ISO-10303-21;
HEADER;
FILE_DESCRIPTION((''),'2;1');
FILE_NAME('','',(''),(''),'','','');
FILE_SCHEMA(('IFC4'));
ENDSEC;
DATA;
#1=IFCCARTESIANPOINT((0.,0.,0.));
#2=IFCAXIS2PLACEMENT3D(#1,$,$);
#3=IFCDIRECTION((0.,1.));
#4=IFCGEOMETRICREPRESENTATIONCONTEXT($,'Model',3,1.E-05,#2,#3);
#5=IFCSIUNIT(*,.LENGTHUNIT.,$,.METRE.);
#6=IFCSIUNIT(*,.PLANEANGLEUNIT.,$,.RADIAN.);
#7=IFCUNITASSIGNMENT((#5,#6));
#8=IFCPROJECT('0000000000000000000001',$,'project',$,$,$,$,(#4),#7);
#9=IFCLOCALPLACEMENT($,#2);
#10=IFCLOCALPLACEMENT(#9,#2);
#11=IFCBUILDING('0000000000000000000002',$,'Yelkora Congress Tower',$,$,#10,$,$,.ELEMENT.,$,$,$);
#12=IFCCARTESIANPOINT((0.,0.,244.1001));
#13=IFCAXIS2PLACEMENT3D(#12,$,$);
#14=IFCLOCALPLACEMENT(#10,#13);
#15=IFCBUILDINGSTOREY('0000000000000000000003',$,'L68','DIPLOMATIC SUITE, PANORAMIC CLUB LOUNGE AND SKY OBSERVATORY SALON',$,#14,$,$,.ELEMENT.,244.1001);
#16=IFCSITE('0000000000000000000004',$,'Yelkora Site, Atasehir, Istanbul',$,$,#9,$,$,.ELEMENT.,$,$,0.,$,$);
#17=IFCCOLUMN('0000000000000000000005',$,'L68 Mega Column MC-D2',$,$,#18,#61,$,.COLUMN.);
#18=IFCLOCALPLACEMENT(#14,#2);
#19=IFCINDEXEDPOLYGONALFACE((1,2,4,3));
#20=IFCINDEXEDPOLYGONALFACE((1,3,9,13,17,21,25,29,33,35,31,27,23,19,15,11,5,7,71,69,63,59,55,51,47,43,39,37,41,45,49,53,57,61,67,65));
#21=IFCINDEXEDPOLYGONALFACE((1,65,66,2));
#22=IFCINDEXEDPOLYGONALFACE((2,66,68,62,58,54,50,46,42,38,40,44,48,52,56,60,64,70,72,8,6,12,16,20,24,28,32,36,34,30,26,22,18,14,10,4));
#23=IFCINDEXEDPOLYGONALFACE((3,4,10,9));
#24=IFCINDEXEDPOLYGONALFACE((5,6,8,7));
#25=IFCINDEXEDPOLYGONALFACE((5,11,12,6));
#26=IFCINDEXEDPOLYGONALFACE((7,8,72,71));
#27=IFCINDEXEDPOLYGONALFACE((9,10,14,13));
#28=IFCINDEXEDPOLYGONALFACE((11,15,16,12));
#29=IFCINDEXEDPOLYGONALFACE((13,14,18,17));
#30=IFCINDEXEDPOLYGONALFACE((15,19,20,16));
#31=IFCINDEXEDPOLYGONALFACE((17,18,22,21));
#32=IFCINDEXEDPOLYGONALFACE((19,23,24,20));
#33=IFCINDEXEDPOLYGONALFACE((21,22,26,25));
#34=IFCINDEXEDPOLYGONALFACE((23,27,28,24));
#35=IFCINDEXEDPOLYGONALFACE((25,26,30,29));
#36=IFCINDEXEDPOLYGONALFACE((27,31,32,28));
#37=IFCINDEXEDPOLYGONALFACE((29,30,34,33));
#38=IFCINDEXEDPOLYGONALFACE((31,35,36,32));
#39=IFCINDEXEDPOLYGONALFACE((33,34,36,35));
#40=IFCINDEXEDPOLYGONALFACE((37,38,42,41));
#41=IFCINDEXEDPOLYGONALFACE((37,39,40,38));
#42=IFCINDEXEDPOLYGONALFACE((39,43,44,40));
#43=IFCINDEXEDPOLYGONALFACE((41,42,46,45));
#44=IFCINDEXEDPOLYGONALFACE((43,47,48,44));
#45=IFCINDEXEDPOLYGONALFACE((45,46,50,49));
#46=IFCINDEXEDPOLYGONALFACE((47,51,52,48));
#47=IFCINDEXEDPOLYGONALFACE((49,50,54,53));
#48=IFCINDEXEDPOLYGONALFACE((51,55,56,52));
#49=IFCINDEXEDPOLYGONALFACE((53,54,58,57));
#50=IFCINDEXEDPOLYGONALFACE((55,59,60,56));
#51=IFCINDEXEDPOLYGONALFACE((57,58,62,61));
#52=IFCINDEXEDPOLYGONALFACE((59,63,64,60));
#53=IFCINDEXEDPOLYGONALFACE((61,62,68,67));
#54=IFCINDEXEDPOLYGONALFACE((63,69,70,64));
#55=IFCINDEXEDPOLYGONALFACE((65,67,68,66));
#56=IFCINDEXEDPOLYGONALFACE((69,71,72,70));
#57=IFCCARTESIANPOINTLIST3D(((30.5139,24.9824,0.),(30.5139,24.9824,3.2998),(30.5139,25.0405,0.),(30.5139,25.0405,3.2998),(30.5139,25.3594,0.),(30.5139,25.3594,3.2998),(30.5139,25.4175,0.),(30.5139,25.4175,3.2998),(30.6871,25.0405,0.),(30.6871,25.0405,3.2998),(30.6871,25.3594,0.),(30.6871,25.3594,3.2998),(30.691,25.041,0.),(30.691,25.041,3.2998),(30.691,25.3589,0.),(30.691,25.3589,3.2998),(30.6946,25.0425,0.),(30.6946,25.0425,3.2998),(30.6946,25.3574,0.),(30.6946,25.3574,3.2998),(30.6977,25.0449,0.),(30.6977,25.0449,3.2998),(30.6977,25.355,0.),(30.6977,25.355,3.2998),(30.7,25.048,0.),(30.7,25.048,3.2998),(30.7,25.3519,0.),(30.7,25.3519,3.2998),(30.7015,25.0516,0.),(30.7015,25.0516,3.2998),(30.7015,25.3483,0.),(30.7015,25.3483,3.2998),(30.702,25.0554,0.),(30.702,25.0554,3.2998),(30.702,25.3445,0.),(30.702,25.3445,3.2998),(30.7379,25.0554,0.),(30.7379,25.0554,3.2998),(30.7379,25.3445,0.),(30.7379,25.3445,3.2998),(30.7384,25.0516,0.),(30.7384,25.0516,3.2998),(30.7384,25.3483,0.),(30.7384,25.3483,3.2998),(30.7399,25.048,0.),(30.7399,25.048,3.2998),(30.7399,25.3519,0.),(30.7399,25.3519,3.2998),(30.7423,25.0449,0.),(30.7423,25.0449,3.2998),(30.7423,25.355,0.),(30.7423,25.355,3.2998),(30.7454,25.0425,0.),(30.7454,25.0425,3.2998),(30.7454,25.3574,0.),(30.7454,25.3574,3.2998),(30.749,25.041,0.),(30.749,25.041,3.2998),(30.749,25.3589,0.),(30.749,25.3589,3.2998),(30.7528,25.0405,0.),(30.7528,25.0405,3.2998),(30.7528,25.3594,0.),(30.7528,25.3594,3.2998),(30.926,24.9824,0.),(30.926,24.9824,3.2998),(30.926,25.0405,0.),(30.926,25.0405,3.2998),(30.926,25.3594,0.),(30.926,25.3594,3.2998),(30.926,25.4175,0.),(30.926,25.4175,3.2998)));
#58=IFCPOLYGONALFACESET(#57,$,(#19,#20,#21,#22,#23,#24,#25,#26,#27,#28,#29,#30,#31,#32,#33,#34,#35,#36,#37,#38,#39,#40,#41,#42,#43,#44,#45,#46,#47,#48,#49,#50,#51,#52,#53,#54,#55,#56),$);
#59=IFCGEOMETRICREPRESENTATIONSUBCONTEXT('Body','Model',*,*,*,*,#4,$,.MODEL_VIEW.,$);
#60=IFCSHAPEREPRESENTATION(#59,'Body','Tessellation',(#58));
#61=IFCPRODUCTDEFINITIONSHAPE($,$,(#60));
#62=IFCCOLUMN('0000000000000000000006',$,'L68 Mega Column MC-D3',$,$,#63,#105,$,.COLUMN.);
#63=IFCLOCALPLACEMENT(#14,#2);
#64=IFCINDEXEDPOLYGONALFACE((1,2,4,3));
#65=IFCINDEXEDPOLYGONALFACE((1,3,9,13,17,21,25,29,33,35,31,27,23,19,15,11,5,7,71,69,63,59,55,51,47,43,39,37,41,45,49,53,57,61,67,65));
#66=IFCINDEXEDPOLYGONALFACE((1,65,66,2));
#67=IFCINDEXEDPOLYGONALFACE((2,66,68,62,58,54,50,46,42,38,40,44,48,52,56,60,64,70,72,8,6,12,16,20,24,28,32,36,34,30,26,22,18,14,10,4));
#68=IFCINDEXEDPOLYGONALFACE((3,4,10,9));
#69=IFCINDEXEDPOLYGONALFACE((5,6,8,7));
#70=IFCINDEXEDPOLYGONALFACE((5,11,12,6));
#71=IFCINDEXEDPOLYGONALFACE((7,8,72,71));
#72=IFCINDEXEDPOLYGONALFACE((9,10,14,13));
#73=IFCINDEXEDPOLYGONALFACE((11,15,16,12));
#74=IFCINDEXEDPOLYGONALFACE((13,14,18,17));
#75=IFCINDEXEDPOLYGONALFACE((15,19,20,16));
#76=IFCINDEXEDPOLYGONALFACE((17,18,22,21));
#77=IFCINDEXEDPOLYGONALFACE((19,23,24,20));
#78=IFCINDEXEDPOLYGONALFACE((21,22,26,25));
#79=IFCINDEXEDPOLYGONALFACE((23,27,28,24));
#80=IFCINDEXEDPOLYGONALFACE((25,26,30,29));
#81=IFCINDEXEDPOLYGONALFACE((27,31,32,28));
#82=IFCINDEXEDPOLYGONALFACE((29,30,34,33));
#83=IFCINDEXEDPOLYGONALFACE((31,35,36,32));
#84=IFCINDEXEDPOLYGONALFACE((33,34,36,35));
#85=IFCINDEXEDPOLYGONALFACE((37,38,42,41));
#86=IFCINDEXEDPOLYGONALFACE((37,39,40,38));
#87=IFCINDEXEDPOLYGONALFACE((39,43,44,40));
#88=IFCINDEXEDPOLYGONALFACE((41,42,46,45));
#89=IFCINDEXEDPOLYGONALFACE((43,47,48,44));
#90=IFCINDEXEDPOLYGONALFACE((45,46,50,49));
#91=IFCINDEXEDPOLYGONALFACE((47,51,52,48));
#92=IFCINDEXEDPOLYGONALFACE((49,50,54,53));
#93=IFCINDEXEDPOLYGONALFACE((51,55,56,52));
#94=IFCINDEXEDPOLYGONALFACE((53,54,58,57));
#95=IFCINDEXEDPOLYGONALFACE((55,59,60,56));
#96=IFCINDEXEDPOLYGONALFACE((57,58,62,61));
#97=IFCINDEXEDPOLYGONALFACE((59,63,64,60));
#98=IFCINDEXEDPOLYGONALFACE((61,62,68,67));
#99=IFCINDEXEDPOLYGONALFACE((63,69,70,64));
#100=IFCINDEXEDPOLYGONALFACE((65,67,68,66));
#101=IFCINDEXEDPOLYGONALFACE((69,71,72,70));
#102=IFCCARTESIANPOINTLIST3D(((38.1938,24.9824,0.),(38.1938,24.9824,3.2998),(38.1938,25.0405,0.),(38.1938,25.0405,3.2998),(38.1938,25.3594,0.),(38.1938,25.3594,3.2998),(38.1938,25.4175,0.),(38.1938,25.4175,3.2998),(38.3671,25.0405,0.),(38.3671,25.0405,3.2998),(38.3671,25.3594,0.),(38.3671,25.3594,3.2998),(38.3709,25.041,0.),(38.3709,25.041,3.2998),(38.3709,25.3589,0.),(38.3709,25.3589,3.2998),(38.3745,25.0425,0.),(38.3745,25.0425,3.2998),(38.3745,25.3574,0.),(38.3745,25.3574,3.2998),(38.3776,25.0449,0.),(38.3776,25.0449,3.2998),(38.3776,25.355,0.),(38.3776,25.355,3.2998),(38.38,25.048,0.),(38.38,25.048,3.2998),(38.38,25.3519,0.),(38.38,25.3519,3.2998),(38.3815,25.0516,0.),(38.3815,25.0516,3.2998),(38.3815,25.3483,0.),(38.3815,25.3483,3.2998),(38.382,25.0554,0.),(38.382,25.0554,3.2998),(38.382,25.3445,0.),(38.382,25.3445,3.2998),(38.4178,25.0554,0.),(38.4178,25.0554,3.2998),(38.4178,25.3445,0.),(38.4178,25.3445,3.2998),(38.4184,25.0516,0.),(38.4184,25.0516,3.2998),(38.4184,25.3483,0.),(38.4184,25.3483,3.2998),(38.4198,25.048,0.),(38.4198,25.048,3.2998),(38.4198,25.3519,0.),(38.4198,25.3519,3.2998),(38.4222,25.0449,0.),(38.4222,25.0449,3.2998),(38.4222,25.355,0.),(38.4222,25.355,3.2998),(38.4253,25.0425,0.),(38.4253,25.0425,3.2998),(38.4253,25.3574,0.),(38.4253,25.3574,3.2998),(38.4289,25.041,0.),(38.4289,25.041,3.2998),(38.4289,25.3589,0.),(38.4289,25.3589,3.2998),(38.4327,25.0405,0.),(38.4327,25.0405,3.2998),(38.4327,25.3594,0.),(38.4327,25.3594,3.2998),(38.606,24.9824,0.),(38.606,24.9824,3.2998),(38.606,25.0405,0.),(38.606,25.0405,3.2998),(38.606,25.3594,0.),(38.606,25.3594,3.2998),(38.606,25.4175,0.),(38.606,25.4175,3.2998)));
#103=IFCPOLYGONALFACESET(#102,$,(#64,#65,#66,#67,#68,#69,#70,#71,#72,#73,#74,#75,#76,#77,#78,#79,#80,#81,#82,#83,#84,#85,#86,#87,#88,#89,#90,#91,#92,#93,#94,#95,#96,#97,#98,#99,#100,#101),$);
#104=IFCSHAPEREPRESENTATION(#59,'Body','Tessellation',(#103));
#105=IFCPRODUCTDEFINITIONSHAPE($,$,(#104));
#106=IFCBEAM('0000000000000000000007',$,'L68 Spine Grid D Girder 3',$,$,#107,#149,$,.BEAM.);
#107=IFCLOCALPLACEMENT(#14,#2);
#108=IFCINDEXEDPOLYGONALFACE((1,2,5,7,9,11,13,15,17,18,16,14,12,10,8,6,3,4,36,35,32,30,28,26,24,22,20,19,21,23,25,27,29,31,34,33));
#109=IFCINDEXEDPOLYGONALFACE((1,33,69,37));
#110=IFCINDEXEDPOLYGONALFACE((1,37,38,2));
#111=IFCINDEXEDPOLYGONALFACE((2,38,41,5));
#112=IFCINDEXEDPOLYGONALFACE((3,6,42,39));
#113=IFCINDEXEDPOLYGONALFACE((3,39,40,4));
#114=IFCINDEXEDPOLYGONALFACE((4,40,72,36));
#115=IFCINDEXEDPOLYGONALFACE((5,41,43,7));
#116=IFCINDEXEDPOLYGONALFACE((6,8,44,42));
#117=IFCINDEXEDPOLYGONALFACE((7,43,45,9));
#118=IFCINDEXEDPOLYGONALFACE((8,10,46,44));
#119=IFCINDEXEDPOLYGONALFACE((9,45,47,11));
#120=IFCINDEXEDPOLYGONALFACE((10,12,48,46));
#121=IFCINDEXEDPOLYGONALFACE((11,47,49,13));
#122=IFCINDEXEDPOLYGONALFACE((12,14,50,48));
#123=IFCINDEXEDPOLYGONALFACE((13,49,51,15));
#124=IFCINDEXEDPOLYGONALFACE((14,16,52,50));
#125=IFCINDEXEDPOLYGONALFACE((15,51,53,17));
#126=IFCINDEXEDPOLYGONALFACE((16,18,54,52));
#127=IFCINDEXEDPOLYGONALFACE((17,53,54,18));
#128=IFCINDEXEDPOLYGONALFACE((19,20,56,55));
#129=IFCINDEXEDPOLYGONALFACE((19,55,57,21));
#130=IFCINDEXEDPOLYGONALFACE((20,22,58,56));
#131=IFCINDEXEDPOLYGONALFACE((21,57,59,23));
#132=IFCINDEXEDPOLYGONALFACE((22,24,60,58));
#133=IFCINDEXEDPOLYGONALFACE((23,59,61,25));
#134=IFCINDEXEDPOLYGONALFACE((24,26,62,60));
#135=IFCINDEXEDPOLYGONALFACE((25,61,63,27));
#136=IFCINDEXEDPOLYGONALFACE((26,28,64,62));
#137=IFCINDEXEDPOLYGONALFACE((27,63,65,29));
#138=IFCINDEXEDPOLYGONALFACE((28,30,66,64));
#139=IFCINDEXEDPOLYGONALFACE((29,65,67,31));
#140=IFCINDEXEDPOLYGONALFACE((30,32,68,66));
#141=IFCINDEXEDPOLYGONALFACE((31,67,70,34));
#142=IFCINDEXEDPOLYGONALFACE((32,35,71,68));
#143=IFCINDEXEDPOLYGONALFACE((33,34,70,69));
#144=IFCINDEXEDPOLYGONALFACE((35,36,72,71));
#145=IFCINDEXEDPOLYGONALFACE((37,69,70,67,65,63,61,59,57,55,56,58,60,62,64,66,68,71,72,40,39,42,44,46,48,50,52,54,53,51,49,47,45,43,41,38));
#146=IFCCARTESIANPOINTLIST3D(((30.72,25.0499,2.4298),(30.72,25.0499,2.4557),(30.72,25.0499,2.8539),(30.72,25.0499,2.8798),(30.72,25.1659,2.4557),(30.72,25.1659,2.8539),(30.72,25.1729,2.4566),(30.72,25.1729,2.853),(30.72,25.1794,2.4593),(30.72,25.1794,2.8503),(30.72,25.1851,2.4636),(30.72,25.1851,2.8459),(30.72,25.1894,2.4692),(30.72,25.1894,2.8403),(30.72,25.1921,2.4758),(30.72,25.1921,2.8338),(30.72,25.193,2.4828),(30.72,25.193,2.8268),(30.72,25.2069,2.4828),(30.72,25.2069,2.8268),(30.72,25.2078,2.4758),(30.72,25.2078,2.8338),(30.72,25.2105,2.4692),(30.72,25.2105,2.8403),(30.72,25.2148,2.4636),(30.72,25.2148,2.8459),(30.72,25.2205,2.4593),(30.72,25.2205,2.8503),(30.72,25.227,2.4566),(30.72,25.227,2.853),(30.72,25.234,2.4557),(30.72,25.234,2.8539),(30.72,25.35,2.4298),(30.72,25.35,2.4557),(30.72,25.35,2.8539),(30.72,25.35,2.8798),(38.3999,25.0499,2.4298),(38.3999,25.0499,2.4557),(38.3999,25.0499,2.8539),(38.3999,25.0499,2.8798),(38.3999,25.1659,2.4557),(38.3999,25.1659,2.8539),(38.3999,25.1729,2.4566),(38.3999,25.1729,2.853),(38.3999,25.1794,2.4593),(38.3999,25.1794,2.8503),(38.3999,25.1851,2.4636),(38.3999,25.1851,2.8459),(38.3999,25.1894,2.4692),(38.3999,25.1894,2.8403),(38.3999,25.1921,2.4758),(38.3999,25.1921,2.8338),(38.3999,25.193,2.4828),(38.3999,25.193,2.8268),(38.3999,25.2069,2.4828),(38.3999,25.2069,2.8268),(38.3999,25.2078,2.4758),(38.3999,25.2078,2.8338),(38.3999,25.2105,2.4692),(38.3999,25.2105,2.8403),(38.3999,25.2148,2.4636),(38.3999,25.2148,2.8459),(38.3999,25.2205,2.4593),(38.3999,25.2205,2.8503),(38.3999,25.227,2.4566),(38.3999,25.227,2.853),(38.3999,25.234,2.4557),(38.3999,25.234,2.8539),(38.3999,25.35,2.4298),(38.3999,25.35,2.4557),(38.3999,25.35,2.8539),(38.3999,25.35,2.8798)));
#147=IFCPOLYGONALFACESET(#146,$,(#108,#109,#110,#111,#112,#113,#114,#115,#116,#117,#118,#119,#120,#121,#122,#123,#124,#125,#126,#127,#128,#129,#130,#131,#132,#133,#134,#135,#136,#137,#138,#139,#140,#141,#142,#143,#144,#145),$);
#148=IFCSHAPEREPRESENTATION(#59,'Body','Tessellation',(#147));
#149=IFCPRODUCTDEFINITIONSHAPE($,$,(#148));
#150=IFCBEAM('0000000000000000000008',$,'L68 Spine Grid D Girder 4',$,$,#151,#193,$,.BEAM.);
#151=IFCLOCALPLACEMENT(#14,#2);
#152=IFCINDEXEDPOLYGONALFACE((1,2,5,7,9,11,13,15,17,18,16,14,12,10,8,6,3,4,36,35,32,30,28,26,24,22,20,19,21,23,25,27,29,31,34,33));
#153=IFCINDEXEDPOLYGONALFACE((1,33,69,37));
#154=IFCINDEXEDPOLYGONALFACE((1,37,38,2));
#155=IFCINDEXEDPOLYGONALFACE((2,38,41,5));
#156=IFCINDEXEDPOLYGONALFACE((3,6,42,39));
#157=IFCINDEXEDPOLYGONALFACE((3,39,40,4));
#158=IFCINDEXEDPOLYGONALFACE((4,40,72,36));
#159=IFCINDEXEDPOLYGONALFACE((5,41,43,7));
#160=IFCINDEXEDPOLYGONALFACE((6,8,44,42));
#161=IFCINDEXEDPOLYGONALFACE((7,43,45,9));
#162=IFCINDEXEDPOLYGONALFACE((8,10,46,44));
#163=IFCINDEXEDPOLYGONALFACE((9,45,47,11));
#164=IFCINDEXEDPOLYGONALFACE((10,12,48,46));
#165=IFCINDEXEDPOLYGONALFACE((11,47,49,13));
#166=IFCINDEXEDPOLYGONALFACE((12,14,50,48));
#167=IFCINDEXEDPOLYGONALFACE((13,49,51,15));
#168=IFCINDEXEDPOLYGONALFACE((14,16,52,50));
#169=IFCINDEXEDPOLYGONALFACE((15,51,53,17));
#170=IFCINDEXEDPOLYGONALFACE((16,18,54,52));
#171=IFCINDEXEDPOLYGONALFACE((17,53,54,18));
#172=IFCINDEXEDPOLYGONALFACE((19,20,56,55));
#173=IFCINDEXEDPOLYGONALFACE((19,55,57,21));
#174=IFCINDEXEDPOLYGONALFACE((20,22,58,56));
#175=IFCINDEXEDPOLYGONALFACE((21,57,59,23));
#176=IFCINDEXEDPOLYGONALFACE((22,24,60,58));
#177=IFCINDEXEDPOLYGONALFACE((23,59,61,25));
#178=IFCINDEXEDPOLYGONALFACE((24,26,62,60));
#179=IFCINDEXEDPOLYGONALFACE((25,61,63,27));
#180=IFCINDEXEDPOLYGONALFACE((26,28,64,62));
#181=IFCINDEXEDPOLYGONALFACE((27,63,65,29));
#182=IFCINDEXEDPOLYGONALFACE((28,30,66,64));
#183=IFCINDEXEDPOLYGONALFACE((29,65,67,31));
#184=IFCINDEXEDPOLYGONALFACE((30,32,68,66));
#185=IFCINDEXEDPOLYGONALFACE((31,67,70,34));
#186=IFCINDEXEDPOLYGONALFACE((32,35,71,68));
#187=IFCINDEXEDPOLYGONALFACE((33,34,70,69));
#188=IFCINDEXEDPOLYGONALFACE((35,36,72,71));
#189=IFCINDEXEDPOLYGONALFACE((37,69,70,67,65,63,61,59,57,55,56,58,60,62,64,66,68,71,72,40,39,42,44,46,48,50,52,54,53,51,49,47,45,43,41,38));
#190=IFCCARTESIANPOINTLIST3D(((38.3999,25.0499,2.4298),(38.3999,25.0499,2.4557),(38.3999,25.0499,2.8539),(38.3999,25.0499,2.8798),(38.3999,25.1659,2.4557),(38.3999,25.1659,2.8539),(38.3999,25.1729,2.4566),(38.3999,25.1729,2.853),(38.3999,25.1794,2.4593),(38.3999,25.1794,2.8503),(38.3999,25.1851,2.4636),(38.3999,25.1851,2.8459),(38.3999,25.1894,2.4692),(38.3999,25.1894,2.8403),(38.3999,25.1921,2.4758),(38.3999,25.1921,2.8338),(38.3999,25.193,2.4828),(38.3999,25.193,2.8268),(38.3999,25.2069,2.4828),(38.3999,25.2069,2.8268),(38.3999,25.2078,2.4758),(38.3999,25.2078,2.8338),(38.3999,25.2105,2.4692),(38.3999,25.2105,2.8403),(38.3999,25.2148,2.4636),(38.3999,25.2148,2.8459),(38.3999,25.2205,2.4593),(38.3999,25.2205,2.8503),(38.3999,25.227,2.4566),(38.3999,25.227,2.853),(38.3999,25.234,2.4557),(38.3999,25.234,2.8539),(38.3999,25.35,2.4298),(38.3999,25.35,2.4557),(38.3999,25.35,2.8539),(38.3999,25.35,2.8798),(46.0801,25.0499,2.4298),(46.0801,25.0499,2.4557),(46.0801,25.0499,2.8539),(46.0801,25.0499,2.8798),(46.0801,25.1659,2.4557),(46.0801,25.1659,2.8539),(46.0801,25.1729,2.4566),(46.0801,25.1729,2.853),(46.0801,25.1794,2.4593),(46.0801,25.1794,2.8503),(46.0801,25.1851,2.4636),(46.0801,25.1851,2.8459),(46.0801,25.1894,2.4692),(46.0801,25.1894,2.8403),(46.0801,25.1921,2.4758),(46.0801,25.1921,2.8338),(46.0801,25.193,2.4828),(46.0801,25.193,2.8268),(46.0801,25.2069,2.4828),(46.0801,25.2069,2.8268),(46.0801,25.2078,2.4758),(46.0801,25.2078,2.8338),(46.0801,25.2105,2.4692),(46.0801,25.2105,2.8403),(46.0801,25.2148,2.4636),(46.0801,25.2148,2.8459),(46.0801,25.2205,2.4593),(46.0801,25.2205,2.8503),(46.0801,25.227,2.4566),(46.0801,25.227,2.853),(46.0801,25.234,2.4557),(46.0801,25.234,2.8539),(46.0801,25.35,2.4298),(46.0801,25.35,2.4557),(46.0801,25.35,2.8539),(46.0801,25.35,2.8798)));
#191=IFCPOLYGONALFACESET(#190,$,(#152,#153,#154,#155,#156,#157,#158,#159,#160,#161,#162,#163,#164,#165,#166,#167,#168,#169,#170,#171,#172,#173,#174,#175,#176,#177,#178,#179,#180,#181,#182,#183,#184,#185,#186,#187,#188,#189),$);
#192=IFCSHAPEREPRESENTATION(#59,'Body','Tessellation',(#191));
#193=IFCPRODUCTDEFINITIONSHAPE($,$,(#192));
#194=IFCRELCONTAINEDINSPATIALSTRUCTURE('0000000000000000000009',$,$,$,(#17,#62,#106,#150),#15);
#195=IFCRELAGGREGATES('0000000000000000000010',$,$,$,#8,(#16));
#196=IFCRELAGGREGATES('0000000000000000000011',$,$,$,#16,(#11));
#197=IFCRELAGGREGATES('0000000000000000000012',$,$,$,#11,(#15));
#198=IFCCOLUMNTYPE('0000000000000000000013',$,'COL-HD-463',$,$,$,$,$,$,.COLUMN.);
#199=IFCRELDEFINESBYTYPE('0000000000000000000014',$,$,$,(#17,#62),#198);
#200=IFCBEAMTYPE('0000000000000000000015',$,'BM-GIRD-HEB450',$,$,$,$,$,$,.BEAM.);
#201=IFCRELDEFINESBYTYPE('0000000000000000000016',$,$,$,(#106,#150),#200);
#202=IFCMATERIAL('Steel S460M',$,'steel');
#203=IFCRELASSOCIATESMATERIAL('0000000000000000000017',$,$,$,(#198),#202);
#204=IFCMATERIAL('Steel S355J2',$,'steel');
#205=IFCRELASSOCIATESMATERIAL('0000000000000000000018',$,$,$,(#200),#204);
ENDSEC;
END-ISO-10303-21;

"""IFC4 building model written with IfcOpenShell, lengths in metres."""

from ifc_helpers import new_model, si_unit, direction, frame, origin, origin_2d, place, context, subcontext, project, spatial, i_section, extrude, material, material_profile, profile_set, type_object, element, save


model = new_model("IFC4")

# Units and contexts
model_context = context("Model", 3, precision=1e-05, world=origin(), true_north=direction((0.0, 1.0)))
body_context = subcontext(model_context, "Body", "Model", "MODEL_VIEW")
ifc_project = project(units=[si_unit("LENGTHUNIT", "METRE"), si_unit("PLANEANGLEUNIT", "RADIAN")], contexts=[model_context])

# Site, building, storey
site_placement = place(None, origin())
site = spatial("IfcSite", under=ifc_project, at=site_placement, Name="Yelkora Site, Atasehir, Istanbul", CompositionType="ELEMENT", RefElevation=0.0)
building_placement = place(site_placement, origin())
building = spatial("IfcBuilding", under=site, at=building_placement, Name="Yelkora Congress Tower", CompositionType="ELEMENT")
storey_placement = place(building_placement, frame((0.0, 0.0, 244.1001)))
storey = spatial("IfcBuildingStorey", under=building, at=storey_placement, Name="L68", Description="DIPLOMATIC SUITE, PANORAMIC CLUB LOUNGE AND SKY OBSERVATORY SALON", CompositionType="ELEMENT", Elevation=244.1001)

# Columns
ifc_material_1 = material(Name="Steel S460M", Category="steel")
ifc_material_profile_1 = material_profile(ifc_material_1, i_section(OverallWidth=0.4121, OverallDepth=0.4351, WebThickness=0.0359, FlangeThickness=0.0581, FilletRadius=0.0149, at=origin_2d()), Name="HD 400x463")
ifc_profile_set_1 = profile_set([ifc_material_profile_1], Name="Steel S460M")
column_type = type_object("IfcColumnType", Name="COL-HD-463", PredefinedType="COLUMN", material=ifc_profile_set_1)
for number, where, z_axis, x_axis, name in (
    (1, (30.72, 25.2, 0.0), (0.0, 0.0, 1.0), (1.0, 0.0, 0.0), "L68 Mega Column MC-D2"),
    (2, (38.3999, 25.2, 0.0), (0.0, 0.0, 1.0), (1.0, 0.0, 0.0), "L68 Mega Column MC-D3"),
):
    element("IfcColumn", number, at=place(storey_placement, frame(where, z_axis=z_axis, x_axis=x_axis)), inside=storey, type_object=column_type, Name=name, PredefinedType="COLUMN", context=body_context, shape_type="SweptSolid", body=[
        extrude(i_section(OverallWidth=0.4121, OverallDepth=0.4351, WebThickness=0.0359, FlangeThickness=0.0581, FilletRadius=0.0149, at=origin_2d()), origin(), (0.0, 0.0, 1.0), 3.2998),
    ])

# Beams
ifc_material_2 = material(Name="Steel S355J2", Category="steel")
ifc_material_profile_2 = material_profile(ifc_material_2, i_section(OverallWidth=0.3, OverallDepth=0.45, WebThickness=0.0139, FlangeThickness=0.0259, FilletRadius=0.0271, at=origin_2d()), Name="HEB 450")
ifc_profile_set_2 = profile_set([ifc_material_profile_2], Name="Steel S355J2")
beam_type = type_object("IfcBeamType", Name="BM-GIRD-HEB450", PredefinedType="BEAM", material=ifc_profile_set_2)
beam_1_placement = place(storey_placement, frame((30.72, 25.2, 2.6548), z_axis=(1.0, 0.0, 0.0), x_axis=(0.0, 1.0, 0.0)))
element("IfcBeam", 3, at=beam_1_placement, inside=storey, type_object=beam_type, Name="L68 Spine Grid D Girder 3", PredefinedType="BEAM", context=body_context, shape_type="SweptSolid", body=[
    extrude(i_section(OverallWidth=0.3, OverallDepth=0.45, WebThickness=0.0139, FlangeThickness=0.0259, FilletRadius=0.0271, at=origin_2d()), origin(), (0.0, 0.0, 1.0), 7.6799),
])
beam_2_placement = place(storey_placement, frame((38.3999, 25.2, 2.6548), z_axis=(1.0, 0.0, 0.0), x_axis=(0.0, 1.0, 0.0)))
element("IfcBeam", 4, at=beam_2_placement, inside=storey, type_object=beam_type, Name="L68 Spine Grid D Girder 4", PredefinedType="BEAM", context=body_context, shape_type="SweptSolid", body=[
    extrude(i_section(OverallWidth=0.3, OverallDepth=0.45, WebThickness=0.0139, FlangeThickness=0.0259, FilletRadius=0.0271, at=origin_2d()), origin(), (0.0, 0.0, 1.0), 7.6802),
])

save(model, "model.ifc")
